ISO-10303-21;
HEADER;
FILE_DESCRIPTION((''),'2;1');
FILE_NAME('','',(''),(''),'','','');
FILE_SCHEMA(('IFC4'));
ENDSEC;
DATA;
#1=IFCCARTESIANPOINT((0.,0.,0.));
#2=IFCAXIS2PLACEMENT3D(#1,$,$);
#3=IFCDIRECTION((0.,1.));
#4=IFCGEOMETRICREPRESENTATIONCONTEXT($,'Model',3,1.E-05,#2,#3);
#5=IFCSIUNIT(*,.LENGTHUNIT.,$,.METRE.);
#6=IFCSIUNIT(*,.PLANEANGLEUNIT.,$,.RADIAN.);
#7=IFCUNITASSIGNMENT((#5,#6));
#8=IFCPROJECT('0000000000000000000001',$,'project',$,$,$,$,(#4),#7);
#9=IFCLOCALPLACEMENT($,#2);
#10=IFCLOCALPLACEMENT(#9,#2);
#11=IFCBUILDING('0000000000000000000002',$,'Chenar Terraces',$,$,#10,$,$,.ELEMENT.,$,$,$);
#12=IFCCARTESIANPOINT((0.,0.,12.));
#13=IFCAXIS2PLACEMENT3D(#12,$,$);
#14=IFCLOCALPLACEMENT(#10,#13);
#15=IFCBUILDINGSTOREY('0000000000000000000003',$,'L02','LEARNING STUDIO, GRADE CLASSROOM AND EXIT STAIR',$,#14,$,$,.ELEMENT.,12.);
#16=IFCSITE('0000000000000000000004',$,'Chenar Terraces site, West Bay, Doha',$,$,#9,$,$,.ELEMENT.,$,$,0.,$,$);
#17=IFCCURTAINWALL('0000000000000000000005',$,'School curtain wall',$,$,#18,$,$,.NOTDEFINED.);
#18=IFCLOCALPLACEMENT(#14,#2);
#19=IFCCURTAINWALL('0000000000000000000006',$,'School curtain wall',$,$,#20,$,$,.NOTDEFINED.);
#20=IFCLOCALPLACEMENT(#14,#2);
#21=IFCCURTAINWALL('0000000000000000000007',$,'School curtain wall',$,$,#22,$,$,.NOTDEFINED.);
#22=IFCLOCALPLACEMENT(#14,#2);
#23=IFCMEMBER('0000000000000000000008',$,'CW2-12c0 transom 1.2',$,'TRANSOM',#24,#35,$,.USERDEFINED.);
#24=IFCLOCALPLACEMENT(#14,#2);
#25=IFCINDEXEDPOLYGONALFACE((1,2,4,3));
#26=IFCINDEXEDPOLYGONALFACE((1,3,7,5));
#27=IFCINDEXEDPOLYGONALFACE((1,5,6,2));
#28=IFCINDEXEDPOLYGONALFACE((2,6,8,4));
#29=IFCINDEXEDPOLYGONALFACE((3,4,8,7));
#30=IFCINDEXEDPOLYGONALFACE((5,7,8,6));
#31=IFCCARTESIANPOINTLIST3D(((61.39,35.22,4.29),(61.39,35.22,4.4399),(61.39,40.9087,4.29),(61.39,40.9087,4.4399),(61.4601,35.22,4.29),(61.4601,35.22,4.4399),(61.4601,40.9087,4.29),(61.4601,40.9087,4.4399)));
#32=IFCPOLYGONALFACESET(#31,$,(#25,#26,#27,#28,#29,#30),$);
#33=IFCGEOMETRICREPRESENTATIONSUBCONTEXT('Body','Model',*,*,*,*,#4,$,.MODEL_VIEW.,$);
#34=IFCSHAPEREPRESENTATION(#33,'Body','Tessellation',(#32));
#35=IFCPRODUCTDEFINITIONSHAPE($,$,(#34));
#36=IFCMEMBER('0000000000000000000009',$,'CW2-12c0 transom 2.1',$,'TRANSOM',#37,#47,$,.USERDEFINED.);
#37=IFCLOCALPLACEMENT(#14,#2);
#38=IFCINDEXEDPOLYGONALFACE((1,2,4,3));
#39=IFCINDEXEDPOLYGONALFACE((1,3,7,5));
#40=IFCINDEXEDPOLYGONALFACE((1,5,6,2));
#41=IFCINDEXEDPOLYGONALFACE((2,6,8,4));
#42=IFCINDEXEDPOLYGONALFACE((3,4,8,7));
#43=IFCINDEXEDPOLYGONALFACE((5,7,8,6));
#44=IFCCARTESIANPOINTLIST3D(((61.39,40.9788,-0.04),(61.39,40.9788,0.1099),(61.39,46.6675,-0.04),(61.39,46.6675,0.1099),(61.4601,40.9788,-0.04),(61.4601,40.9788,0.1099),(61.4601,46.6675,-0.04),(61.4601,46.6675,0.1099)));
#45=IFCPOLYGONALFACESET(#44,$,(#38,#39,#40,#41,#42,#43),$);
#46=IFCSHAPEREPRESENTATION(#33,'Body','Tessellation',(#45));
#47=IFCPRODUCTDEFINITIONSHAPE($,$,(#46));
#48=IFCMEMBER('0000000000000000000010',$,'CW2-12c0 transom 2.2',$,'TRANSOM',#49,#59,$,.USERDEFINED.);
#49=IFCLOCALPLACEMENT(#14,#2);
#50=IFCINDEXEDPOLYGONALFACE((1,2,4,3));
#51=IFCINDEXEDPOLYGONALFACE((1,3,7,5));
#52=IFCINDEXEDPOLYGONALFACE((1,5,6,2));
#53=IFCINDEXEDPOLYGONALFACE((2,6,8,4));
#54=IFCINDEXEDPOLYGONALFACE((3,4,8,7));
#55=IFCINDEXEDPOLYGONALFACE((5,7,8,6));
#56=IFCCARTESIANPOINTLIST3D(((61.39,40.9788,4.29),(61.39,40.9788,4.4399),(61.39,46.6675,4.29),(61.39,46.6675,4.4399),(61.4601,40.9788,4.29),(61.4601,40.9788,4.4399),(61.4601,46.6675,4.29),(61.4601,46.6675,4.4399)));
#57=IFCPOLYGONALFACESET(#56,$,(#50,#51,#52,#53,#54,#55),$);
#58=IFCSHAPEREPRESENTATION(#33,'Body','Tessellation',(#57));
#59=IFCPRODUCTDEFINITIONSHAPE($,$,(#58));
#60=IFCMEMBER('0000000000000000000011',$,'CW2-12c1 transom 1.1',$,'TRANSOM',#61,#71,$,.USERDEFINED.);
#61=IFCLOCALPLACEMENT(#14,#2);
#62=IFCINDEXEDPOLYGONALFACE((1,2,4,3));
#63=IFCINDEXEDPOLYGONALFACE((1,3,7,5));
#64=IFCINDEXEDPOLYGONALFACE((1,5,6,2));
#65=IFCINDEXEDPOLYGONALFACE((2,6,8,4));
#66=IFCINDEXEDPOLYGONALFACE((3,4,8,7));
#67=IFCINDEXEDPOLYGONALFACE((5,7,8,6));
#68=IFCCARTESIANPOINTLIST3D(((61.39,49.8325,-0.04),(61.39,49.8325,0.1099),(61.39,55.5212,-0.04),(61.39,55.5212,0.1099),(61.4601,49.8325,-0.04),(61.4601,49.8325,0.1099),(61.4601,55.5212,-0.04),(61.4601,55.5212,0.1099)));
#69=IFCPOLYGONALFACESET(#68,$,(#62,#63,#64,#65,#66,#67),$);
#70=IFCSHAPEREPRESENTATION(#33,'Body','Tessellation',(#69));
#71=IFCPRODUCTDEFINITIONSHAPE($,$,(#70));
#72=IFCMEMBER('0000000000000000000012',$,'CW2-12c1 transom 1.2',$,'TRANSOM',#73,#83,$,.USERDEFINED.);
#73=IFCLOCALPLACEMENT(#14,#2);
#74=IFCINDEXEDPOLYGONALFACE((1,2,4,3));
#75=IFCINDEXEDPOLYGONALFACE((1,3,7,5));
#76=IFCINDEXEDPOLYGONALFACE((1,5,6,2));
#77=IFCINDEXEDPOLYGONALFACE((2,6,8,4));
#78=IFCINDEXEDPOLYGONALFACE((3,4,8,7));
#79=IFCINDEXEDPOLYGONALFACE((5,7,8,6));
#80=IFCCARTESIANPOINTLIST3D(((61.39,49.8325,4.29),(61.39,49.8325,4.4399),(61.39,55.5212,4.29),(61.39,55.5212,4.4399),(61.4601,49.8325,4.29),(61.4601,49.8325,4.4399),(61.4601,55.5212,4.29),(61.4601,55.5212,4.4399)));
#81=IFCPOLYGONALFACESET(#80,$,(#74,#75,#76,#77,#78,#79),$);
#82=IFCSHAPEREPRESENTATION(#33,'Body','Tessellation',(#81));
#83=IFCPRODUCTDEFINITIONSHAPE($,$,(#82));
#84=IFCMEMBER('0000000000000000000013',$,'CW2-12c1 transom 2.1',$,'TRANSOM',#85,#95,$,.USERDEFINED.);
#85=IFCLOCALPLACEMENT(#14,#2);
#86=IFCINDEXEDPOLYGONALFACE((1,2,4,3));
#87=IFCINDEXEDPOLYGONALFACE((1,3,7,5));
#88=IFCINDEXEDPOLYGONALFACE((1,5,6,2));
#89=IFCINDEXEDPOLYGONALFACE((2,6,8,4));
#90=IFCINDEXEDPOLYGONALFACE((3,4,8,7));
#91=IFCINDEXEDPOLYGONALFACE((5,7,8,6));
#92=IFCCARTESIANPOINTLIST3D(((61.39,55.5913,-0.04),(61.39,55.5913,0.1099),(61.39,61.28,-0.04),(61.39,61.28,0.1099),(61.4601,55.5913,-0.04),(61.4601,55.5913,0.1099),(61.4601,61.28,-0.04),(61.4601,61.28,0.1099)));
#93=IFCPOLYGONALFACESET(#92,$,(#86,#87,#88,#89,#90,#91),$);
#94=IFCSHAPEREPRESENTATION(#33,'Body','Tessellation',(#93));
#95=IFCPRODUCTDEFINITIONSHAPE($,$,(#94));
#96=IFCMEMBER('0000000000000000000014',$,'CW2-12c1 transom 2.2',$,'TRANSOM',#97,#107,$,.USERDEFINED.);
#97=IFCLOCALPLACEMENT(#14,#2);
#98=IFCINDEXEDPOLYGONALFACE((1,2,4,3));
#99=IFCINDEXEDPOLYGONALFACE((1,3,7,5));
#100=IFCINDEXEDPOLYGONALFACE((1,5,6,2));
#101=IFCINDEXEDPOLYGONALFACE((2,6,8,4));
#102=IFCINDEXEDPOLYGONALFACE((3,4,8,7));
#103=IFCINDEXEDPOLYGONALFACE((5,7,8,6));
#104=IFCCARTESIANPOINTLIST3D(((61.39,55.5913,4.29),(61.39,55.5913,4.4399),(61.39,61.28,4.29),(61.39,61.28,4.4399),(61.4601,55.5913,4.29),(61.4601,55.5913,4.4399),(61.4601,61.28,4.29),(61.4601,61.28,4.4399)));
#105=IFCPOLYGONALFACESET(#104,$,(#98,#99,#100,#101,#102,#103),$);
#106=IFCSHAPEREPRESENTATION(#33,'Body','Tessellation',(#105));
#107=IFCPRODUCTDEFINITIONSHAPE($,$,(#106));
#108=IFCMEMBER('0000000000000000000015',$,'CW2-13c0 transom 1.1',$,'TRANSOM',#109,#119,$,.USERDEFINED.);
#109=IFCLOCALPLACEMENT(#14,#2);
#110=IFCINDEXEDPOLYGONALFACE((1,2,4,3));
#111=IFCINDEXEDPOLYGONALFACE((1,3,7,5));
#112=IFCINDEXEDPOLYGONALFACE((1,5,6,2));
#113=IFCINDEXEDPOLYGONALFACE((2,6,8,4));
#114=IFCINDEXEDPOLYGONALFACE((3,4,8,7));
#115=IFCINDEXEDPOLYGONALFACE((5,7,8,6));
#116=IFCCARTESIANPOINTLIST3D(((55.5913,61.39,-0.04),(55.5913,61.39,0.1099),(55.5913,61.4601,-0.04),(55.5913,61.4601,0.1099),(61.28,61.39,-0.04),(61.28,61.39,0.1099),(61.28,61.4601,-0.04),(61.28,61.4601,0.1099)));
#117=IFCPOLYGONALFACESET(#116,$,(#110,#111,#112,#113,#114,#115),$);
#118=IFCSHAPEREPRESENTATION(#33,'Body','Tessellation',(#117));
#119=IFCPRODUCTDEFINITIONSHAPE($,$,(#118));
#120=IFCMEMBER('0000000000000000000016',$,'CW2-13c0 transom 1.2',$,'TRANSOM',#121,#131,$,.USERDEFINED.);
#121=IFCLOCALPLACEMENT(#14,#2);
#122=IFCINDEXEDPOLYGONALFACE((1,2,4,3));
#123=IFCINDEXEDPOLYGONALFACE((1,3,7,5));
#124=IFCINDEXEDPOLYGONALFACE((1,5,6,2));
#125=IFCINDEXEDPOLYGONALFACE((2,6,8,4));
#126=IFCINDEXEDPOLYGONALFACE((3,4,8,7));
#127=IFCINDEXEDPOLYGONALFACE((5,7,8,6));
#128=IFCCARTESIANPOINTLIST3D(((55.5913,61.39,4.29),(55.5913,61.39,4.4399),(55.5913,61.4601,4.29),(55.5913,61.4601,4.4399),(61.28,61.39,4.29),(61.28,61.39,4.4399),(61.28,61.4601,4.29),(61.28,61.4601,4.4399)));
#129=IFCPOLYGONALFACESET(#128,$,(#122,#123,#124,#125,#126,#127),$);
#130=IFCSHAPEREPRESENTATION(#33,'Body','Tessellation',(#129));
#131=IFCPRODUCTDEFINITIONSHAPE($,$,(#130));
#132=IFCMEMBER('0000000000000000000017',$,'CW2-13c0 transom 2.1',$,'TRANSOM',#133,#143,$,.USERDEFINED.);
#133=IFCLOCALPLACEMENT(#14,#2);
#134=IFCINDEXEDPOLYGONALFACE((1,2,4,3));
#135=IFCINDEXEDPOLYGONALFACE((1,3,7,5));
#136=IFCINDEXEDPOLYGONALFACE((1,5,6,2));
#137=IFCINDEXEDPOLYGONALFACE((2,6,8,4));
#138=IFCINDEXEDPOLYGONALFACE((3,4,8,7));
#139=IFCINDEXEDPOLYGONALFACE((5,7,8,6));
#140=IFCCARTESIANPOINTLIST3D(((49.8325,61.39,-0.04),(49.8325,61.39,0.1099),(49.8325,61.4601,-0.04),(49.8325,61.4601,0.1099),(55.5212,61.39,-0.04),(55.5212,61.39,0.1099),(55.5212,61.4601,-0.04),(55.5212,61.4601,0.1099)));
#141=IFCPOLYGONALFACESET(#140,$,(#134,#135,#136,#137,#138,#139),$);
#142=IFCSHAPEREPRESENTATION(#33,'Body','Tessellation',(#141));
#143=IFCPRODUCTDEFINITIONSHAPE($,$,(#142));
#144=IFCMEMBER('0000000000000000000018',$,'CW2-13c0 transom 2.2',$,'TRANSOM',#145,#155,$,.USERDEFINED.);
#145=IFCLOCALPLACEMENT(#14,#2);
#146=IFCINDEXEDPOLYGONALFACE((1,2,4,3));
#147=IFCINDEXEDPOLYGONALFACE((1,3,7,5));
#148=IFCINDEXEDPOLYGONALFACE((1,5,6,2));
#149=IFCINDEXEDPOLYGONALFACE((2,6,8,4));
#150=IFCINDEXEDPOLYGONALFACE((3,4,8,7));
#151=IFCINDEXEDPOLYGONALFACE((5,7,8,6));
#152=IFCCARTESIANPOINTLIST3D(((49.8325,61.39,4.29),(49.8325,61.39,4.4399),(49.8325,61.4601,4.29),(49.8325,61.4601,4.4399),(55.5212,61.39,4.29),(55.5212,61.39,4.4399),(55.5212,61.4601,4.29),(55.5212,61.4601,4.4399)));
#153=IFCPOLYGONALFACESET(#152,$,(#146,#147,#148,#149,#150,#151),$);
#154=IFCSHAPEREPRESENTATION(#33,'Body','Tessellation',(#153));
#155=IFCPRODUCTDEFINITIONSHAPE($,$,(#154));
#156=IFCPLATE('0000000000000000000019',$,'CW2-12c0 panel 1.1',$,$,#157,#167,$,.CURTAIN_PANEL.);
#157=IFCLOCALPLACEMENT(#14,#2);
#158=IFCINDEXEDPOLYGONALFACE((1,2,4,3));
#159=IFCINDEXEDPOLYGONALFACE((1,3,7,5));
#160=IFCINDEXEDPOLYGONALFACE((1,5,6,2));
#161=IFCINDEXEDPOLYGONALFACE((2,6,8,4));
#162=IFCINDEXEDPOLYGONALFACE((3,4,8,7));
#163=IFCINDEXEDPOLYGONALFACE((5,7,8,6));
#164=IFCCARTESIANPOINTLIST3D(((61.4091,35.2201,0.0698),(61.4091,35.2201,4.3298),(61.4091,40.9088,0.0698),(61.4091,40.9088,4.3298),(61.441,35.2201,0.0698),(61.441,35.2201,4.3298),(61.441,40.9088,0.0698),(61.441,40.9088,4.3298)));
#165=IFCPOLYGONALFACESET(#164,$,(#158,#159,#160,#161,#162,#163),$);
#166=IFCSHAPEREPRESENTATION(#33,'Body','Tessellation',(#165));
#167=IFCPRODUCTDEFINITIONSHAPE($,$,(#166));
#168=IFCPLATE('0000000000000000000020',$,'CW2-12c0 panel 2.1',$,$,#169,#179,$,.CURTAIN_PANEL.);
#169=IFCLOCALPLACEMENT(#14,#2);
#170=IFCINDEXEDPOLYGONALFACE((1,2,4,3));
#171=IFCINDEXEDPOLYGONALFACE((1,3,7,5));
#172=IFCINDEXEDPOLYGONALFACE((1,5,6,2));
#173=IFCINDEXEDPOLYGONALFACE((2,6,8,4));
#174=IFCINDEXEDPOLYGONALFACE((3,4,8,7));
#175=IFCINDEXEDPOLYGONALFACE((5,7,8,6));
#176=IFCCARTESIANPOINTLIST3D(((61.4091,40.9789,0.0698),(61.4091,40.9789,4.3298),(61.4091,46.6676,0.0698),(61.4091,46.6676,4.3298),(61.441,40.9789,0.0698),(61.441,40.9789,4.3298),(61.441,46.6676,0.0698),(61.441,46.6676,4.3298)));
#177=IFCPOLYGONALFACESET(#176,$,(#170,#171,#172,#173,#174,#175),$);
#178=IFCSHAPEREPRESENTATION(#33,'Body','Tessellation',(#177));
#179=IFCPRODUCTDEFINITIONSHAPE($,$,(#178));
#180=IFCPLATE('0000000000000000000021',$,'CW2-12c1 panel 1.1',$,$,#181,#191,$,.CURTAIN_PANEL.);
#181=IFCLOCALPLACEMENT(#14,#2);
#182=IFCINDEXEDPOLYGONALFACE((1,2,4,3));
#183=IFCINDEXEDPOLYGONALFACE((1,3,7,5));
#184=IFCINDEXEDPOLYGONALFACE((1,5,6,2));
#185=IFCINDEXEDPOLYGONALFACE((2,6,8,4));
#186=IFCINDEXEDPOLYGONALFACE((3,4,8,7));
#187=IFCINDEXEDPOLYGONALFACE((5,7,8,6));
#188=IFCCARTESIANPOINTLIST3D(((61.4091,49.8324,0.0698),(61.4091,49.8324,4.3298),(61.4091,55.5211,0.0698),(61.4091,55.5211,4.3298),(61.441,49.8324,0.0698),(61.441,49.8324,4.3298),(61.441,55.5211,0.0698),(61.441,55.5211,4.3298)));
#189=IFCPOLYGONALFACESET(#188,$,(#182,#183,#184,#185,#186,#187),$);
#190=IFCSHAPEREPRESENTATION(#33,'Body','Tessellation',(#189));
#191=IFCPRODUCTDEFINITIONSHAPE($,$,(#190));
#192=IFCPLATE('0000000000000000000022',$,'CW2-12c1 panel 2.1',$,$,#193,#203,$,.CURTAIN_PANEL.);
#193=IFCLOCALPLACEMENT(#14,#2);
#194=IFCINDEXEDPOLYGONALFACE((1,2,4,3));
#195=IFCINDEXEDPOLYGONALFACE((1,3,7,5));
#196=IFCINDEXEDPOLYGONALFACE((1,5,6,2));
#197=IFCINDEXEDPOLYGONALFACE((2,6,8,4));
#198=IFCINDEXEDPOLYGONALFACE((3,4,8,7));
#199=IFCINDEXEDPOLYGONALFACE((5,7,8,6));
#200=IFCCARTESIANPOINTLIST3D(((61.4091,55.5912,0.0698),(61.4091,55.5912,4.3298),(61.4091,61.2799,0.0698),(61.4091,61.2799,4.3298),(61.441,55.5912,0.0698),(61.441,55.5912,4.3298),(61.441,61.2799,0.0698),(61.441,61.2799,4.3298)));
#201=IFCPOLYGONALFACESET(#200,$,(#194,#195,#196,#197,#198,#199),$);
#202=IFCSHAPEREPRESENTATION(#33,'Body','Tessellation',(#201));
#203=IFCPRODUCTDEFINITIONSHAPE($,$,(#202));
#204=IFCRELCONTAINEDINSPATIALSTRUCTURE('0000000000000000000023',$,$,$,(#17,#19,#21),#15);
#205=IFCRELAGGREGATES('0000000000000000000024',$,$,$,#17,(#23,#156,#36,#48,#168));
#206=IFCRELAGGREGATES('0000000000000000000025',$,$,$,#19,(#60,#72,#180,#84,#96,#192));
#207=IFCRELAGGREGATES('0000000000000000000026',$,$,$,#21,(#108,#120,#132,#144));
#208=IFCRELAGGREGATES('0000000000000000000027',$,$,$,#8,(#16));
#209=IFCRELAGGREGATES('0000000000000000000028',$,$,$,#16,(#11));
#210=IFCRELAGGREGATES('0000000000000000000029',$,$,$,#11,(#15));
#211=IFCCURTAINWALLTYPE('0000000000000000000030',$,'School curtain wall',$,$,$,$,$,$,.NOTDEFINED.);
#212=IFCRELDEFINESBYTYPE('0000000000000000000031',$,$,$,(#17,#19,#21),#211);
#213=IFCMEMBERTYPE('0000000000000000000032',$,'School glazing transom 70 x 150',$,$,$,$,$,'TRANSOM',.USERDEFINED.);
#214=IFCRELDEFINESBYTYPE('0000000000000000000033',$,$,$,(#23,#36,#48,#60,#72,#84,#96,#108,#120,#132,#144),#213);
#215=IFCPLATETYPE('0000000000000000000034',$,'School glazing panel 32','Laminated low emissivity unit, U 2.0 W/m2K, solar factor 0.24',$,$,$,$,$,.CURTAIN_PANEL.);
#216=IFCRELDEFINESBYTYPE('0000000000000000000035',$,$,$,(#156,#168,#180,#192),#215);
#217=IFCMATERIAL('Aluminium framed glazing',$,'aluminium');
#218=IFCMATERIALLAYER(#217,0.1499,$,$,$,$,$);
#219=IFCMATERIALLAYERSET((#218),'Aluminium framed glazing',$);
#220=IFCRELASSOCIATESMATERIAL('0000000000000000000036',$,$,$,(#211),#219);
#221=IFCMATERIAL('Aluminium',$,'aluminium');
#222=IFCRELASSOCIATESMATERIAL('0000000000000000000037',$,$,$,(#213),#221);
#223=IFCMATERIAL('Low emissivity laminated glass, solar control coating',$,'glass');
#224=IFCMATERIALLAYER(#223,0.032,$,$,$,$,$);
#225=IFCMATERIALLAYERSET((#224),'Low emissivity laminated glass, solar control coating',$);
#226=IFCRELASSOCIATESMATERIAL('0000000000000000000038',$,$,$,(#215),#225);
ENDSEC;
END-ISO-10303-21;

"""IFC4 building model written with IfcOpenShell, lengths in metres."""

from ifc_helpers import new_model, si_unit, direction, frame, origin, origin_2d, place, context, subcontext, project, spatial, rectangle, extrude, material, layer, layer_set, material_profile, profile_set, type_object, element, aggregate, save


model = new_model("IFC4")

# Units and contexts
model_context = context("Model", 3, precision=1e-05, world=origin(), true_north=direction((0.0, 1.0)))
body_context = subcontext(model_context, "Body", "Model", "MODEL_VIEW")
ifc_project = project(units=[si_unit("LENGTHUNIT", "METRE"), si_unit("PLANEANGLEUNIT", "RADIAN")], contexts=[model_context])

# Site, building, storey
site_placement = place(None, origin())
site = spatial("IfcSite", under=ifc_project, at=site_placement, Name="Chenar Terraces site, West Bay, Doha", CompositionType="ELEMENT", RefElevation=0.0)
building_placement = place(site_placement, origin())
building = spatial("IfcBuilding", under=site, at=building_placement, Name="Chenar Terraces", CompositionType="ELEMENT")
storey_placement = place(building_placement, frame((0.0, 0.0, 12.0)))
storey = spatial("IfcBuildingStorey", under=building, at=storey_placement, Name="L02", Description="LEARNING STUDIO, GRADE CLASSROOM AND EXIT STAIR", CompositionType="ELEMENT", Elevation=12.0)

# Shared definitions
ifc_material_1 = material(Name="Aluminium framed glazing", Category="aluminium")
ifc_layer_1 = layer(ifc_material_1, 0.1499)
ifc_layer_set_1 = layer_set([ifc_layer_1], Name="Aluminium framed glazing")
curtain_wall_type = type_object("IfcCurtainWallType", Name="School curtain wall", PredefinedType="NOTDEFINED", material=ifc_layer_set_1)
placement = place(storey_placement, origin())

# Curtain walls
curtain_wall_1 = element("IfcCurtainWall", 1, at=placement, inside=storey, type_object=curtain_wall_type, Name="School curtain wall", PredefinedType="NOTDEFINED")
curtain_wall_2 = element("IfcCurtainWall", 2, at=placement, inside=storey, type_object=curtain_wall_type, Name="School curtain wall", PredefinedType="NOTDEFINED")
curtain_wall_3 = element("IfcCurtainWall", 3, at=placement, inside=storey, type_object=curtain_wall_type, Name="School curtain wall", PredefinedType="NOTDEFINED")

# Members
ifc_material_2 = material(Name="Aluminium", Category="aluminium")
ifc_material_profile_1 = material_profile(ifc_material_2, rectangle(XDim=0.0701, YDim=0.1499, at=origin_2d()), Name="School glazing transom 70 x 150")
ifc_profile_set_1 = profile_set([ifc_material_profile_1], Name="Aluminium")
member_type_1 = type_object("IfcMemberType", Name="School glazing transom 70 x 150", ElementType="TRANSOM", PredefinedType="USERDEFINED", material=ifc_profile_set_1)
member_1_placement = place(storey_placement, frame((61.425, 35.22, 4.365), z_axis=(0.0, 1.0, 0.0), x_axis=(-1.0, 0.0, 0.0)))
member_1 = element("IfcMember", 4, at=member_1_placement, type_object=member_type_1, Name="CW2-12c0 transom 1.2", ObjectType="TRANSOM", PredefinedType="USERDEFINED", context=body_context, shape_type="SweptSolid", body=[
    extrude(rectangle(XDim=0.0701, YDim=0.1499, at=origin_2d()), origin(), (0.0, 0.0, 1.0), 5.6887),
])
member_2_placement = place(storey_placement, frame((61.425, 40.9788, 0.0349), z_axis=(0.0, 1.0, 0.0), x_axis=(-1.0, 0.0, 0.0)))
member_2 = element("IfcMember", 5, at=member_2_placement, type_object=member_type_1, Name="CW2-12c0 transom 2.1", ObjectType="TRANSOM", PredefinedType="USERDEFINED", context=body_context, shape_type="SweptSolid", body=[
    extrude(rectangle(XDim=0.0701, YDim=0.1499, at=origin_2d()), origin(), (0.0, 0.0, 1.0), 5.6887),
])
member_3_placement = place(storey_placement, frame((61.425, 40.9788, 4.365), z_axis=(0.0, 1.0, 0.0), x_axis=(-1.0, 0.0, 0.0)))
member_3 = element("IfcMember", 6, at=member_3_placement, type_object=member_type_1, Name="CW2-12c0 transom 2.2", ObjectType="TRANSOM", PredefinedType="USERDEFINED", context=body_context, shape_type="SweptSolid", body=[
    extrude(rectangle(XDim=0.0701, YDim=0.1499, at=origin_2d()), origin(), (0.0, 0.0, 1.0), 5.6887),
])
member_4_placement = place(storey_placement, frame((61.425, 49.8325, 0.0349), z_axis=(0.0, 1.0, 0.0), x_axis=(-1.0, 0.0, 0.0)))
member_4 = element("IfcMember", 7, at=member_4_placement, type_object=member_type_1, Name="CW2-12c1 transom 1.1", ObjectType="TRANSOM", PredefinedType="USERDEFINED", context=body_context, shape_type="SweptSolid", body=[
    extrude(rectangle(XDim=0.0701, YDim=0.1499, at=origin_2d()), origin(), (0.0, 0.0, 1.0), 5.6887),
])
member_5_placement = place(storey_placement, frame((61.425, 49.8325, 4.365), z_axis=(0.0, 1.0, 0.0), x_axis=(-1.0, 0.0, 0.0)))
member_5 = element("IfcMember", 8, at=member_5_placement, type_object=member_type_1, Name="CW2-12c1 transom 1.2", ObjectType="TRANSOM", PredefinedType="USERDEFINED", context=body_context, shape_type="SweptSolid", body=[
    extrude(rectangle(XDim=0.0701, YDim=0.1499, at=origin_2d()), origin(), (0.0, 0.0, 1.0), 5.6887),
])
member_6_placement = place(storey_placement, frame((61.425, 55.5913, 0.0349), z_axis=(0.0, 1.0, 0.0), x_axis=(-1.0, 0.0, 0.0)))
member_6 = element("IfcMember", 9, at=member_6_placement, type_object=member_type_1, Name="CW2-12c1 transom 2.1", ObjectType="TRANSOM", PredefinedType="USERDEFINED", context=body_context, shape_type="SweptSolid", body=[
    extrude(rectangle(XDim=0.0701, YDim=0.1499, at=origin_2d()), origin(), (0.0, 0.0, 1.0), 5.6887),
])
member_7_placement = place(storey_placement, frame((61.425, 55.5913, 4.365), z_axis=(0.0, 1.0, 0.0), x_axis=(-1.0, 0.0, 0.0)))
member_7 = element("IfcMember", 10, at=member_7_placement, type_object=member_type_1, Name="CW2-12c1 transom 2.2", ObjectType="TRANSOM", PredefinedType="USERDEFINED", context=body_context, shape_type="SweptSolid", body=[
    extrude(rectangle(XDim=0.0701, YDim=0.1499, at=origin_2d()), origin(), (0.0, 0.0, 1.0), 5.6887),
])
member_8_placement = place(storey_placement, frame((61.28, 61.425, 0.0349), z_axis=(-1.0, 0.0, 0.0), x_axis=(0.0, -1.0, 0.0)))
member_8 = element("IfcMember", 11, at=member_8_placement, type_object=member_type_1, Name="CW2-13c0 transom 1.1", ObjectType="TRANSOM", PredefinedType="USERDEFINED", context=body_context, shape_type="SweptSolid", body=[
    extrude(rectangle(XDim=0.0701, YDim=0.1499, at=origin_2d()), origin(), (0.0, 0.0, 1.0), 5.6887),
])
member_9_placement = place(storey_placement, frame((61.28, 61.425, 4.365), z_axis=(-1.0, 0.0, 0.0), x_axis=(0.0, -1.0, 0.0)))
member_9 = element("IfcMember", 12, at=member_9_placement, type_object=member_type_1, Name="CW2-13c0 transom 1.2", ObjectType="TRANSOM", PredefinedType="USERDEFINED", context=body_context, shape_type="SweptSolid", body=[
    extrude(rectangle(XDim=0.0701, YDim=0.1499, at=origin_2d()), origin(), (0.0, 0.0, 1.0), 5.6887),
])
member_10_placement = place(storey_placement, frame((55.5212, 61.425, 0.0349), z_axis=(-1.0, 0.0, 0.0), x_axis=(0.0, -1.0, 0.0)))
member_10 = element("IfcMember", 13, at=member_10_placement, type_object=member_type_1, Name="CW2-13c0 transom 2.1", ObjectType="TRANSOM", PredefinedType="USERDEFINED", context=body_context, shape_type="SweptSolid", body=[
    extrude(rectangle(XDim=0.0701, YDim=0.1499, at=origin_2d()), origin(), (0.0, 0.0, 1.0), 5.6887),
])
member_11_placement = place(storey_placement, frame((55.5212, 61.425, 4.365), z_axis=(-1.0, 0.0, 0.0), x_axis=(0.0, -1.0, 0.0)))
member_11 = element("IfcMember", 14, at=member_11_placement, type_object=member_type_1, Name="CW2-13c0 transom 2.2", ObjectType="TRANSOM", PredefinedType="USERDEFINED", context=body_context, shape_type="SweptSolid", body=[
    extrude(rectangle(XDim=0.0701, YDim=0.1499, at=origin_2d()), origin(), (0.0, 0.0, 1.0), 5.6887),
])

# Plates
ifc_material_3 = material(Name="Low emissivity laminated glass, solar control coating", Category="glass")
ifc_layer_2 = layer(ifc_material_3, 0.032)
ifc_layer_set_2 = layer_set([ifc_layer_2], Name="Low emissivity laminated glass, solar control coating")
plate_type = type_object("IfcPlateType", Name="School glazing panel 32", Description="Laminated low emissivity unit, U 2.0 W/m2K, solar factor 0.24", PredefinedType="CURTAIN_PANEL", material=ifc_layer_set_2)
plate_1_placement = place(storey_placement, frame((61.425, 38.0645, 0.0698), z_axis=(0.0, 0.0, 1.0), x_axis=(0.0, 1.0, 0.0)))
plate_1 = element("IfcPlate", 15, at=plate_1_placement, type_object=plate_type, Name="CW2-12c0 panel 1.1", PredefinedType="CURTAIN_PANEL", context=body_context, shape_type="SweptSolid", body=[
    extrude(rectangle(XDim=5.6887, YDim=0.032, at=origin_2d()), origin(), (0.0, 0.0, 1.0), 4.26),
])
plate_2_placement = place(storey_placement, frame((61.425, 43.8232, 0.0698), z_axis=(0.0, 0.0, 1.0), x_axis=(0.0, 1.0, 0.0)))
plate_2 = element("IfcPlate", 16, at=plate_2_placement, type_object=plate_type, Name="CW2-12c0 panel 2.1", PredefinedType="CURTAIN_PANEL", context=body_context, shape_type="SweptSolid", body=[
    extrude(rectangle(XDim=5.6887, YDim=0.032, at=origin_2d()), origin(), (0.0, 0.0, 1.0), 4.26),
])
aggregate(curtain_wall_1, [member_1, plate_1, member_2, member_3, plate_2])
plate_3_placement = place(storey_placement, frame((61.425, 52.6768, 0.0698), z_axis=(0.0, 0.0, 1.0), x_axis=(0.0, 1.0, 0.0)))
plate_3 = element("IfcPlate", 17, at=plate_3_placement, type_object=plate_type, Name="CW2-12c1 panel 1.1", PredefinedType="CURTAIN_PANEL", context=body_context, shape_type="SweptSolid", body=[
    extrude(rectangle(XDim=5.6887, YDim=0.032, at=origin_2d()), origin(), (0.0, 0.0, 1.0), 4.26),
])
plate_4_placement = place(storey_placement, frame((61.425, 58.4355, 0.0698), z_axis=(0.0, 0.0, 1.0), x_axis=(0.0, 1.0, 0.0)))
plate_4 = element("IfcPlate", 18, at=plate_4_placement, type_object=plate_type, Name="CW2-12c1 panel 2.1", PredefinedType="CURTAIN_PANEL", context=body_context, shape_type="SweptSolid", body=[
    extrude(rectangle(XDim=5.6887, YDim=0.032, at=origin_2d()), origin(), (0.0, 0.0, 1.0), 4.26),
])
aggregate(curtain_wall_2, [member_4, member_5, plate_3, member_6, member_7, plate_4])
aggregate(curtain_wall_3, [member_8, member_9, member_10, member_11])

save(model, "model.ifc")
